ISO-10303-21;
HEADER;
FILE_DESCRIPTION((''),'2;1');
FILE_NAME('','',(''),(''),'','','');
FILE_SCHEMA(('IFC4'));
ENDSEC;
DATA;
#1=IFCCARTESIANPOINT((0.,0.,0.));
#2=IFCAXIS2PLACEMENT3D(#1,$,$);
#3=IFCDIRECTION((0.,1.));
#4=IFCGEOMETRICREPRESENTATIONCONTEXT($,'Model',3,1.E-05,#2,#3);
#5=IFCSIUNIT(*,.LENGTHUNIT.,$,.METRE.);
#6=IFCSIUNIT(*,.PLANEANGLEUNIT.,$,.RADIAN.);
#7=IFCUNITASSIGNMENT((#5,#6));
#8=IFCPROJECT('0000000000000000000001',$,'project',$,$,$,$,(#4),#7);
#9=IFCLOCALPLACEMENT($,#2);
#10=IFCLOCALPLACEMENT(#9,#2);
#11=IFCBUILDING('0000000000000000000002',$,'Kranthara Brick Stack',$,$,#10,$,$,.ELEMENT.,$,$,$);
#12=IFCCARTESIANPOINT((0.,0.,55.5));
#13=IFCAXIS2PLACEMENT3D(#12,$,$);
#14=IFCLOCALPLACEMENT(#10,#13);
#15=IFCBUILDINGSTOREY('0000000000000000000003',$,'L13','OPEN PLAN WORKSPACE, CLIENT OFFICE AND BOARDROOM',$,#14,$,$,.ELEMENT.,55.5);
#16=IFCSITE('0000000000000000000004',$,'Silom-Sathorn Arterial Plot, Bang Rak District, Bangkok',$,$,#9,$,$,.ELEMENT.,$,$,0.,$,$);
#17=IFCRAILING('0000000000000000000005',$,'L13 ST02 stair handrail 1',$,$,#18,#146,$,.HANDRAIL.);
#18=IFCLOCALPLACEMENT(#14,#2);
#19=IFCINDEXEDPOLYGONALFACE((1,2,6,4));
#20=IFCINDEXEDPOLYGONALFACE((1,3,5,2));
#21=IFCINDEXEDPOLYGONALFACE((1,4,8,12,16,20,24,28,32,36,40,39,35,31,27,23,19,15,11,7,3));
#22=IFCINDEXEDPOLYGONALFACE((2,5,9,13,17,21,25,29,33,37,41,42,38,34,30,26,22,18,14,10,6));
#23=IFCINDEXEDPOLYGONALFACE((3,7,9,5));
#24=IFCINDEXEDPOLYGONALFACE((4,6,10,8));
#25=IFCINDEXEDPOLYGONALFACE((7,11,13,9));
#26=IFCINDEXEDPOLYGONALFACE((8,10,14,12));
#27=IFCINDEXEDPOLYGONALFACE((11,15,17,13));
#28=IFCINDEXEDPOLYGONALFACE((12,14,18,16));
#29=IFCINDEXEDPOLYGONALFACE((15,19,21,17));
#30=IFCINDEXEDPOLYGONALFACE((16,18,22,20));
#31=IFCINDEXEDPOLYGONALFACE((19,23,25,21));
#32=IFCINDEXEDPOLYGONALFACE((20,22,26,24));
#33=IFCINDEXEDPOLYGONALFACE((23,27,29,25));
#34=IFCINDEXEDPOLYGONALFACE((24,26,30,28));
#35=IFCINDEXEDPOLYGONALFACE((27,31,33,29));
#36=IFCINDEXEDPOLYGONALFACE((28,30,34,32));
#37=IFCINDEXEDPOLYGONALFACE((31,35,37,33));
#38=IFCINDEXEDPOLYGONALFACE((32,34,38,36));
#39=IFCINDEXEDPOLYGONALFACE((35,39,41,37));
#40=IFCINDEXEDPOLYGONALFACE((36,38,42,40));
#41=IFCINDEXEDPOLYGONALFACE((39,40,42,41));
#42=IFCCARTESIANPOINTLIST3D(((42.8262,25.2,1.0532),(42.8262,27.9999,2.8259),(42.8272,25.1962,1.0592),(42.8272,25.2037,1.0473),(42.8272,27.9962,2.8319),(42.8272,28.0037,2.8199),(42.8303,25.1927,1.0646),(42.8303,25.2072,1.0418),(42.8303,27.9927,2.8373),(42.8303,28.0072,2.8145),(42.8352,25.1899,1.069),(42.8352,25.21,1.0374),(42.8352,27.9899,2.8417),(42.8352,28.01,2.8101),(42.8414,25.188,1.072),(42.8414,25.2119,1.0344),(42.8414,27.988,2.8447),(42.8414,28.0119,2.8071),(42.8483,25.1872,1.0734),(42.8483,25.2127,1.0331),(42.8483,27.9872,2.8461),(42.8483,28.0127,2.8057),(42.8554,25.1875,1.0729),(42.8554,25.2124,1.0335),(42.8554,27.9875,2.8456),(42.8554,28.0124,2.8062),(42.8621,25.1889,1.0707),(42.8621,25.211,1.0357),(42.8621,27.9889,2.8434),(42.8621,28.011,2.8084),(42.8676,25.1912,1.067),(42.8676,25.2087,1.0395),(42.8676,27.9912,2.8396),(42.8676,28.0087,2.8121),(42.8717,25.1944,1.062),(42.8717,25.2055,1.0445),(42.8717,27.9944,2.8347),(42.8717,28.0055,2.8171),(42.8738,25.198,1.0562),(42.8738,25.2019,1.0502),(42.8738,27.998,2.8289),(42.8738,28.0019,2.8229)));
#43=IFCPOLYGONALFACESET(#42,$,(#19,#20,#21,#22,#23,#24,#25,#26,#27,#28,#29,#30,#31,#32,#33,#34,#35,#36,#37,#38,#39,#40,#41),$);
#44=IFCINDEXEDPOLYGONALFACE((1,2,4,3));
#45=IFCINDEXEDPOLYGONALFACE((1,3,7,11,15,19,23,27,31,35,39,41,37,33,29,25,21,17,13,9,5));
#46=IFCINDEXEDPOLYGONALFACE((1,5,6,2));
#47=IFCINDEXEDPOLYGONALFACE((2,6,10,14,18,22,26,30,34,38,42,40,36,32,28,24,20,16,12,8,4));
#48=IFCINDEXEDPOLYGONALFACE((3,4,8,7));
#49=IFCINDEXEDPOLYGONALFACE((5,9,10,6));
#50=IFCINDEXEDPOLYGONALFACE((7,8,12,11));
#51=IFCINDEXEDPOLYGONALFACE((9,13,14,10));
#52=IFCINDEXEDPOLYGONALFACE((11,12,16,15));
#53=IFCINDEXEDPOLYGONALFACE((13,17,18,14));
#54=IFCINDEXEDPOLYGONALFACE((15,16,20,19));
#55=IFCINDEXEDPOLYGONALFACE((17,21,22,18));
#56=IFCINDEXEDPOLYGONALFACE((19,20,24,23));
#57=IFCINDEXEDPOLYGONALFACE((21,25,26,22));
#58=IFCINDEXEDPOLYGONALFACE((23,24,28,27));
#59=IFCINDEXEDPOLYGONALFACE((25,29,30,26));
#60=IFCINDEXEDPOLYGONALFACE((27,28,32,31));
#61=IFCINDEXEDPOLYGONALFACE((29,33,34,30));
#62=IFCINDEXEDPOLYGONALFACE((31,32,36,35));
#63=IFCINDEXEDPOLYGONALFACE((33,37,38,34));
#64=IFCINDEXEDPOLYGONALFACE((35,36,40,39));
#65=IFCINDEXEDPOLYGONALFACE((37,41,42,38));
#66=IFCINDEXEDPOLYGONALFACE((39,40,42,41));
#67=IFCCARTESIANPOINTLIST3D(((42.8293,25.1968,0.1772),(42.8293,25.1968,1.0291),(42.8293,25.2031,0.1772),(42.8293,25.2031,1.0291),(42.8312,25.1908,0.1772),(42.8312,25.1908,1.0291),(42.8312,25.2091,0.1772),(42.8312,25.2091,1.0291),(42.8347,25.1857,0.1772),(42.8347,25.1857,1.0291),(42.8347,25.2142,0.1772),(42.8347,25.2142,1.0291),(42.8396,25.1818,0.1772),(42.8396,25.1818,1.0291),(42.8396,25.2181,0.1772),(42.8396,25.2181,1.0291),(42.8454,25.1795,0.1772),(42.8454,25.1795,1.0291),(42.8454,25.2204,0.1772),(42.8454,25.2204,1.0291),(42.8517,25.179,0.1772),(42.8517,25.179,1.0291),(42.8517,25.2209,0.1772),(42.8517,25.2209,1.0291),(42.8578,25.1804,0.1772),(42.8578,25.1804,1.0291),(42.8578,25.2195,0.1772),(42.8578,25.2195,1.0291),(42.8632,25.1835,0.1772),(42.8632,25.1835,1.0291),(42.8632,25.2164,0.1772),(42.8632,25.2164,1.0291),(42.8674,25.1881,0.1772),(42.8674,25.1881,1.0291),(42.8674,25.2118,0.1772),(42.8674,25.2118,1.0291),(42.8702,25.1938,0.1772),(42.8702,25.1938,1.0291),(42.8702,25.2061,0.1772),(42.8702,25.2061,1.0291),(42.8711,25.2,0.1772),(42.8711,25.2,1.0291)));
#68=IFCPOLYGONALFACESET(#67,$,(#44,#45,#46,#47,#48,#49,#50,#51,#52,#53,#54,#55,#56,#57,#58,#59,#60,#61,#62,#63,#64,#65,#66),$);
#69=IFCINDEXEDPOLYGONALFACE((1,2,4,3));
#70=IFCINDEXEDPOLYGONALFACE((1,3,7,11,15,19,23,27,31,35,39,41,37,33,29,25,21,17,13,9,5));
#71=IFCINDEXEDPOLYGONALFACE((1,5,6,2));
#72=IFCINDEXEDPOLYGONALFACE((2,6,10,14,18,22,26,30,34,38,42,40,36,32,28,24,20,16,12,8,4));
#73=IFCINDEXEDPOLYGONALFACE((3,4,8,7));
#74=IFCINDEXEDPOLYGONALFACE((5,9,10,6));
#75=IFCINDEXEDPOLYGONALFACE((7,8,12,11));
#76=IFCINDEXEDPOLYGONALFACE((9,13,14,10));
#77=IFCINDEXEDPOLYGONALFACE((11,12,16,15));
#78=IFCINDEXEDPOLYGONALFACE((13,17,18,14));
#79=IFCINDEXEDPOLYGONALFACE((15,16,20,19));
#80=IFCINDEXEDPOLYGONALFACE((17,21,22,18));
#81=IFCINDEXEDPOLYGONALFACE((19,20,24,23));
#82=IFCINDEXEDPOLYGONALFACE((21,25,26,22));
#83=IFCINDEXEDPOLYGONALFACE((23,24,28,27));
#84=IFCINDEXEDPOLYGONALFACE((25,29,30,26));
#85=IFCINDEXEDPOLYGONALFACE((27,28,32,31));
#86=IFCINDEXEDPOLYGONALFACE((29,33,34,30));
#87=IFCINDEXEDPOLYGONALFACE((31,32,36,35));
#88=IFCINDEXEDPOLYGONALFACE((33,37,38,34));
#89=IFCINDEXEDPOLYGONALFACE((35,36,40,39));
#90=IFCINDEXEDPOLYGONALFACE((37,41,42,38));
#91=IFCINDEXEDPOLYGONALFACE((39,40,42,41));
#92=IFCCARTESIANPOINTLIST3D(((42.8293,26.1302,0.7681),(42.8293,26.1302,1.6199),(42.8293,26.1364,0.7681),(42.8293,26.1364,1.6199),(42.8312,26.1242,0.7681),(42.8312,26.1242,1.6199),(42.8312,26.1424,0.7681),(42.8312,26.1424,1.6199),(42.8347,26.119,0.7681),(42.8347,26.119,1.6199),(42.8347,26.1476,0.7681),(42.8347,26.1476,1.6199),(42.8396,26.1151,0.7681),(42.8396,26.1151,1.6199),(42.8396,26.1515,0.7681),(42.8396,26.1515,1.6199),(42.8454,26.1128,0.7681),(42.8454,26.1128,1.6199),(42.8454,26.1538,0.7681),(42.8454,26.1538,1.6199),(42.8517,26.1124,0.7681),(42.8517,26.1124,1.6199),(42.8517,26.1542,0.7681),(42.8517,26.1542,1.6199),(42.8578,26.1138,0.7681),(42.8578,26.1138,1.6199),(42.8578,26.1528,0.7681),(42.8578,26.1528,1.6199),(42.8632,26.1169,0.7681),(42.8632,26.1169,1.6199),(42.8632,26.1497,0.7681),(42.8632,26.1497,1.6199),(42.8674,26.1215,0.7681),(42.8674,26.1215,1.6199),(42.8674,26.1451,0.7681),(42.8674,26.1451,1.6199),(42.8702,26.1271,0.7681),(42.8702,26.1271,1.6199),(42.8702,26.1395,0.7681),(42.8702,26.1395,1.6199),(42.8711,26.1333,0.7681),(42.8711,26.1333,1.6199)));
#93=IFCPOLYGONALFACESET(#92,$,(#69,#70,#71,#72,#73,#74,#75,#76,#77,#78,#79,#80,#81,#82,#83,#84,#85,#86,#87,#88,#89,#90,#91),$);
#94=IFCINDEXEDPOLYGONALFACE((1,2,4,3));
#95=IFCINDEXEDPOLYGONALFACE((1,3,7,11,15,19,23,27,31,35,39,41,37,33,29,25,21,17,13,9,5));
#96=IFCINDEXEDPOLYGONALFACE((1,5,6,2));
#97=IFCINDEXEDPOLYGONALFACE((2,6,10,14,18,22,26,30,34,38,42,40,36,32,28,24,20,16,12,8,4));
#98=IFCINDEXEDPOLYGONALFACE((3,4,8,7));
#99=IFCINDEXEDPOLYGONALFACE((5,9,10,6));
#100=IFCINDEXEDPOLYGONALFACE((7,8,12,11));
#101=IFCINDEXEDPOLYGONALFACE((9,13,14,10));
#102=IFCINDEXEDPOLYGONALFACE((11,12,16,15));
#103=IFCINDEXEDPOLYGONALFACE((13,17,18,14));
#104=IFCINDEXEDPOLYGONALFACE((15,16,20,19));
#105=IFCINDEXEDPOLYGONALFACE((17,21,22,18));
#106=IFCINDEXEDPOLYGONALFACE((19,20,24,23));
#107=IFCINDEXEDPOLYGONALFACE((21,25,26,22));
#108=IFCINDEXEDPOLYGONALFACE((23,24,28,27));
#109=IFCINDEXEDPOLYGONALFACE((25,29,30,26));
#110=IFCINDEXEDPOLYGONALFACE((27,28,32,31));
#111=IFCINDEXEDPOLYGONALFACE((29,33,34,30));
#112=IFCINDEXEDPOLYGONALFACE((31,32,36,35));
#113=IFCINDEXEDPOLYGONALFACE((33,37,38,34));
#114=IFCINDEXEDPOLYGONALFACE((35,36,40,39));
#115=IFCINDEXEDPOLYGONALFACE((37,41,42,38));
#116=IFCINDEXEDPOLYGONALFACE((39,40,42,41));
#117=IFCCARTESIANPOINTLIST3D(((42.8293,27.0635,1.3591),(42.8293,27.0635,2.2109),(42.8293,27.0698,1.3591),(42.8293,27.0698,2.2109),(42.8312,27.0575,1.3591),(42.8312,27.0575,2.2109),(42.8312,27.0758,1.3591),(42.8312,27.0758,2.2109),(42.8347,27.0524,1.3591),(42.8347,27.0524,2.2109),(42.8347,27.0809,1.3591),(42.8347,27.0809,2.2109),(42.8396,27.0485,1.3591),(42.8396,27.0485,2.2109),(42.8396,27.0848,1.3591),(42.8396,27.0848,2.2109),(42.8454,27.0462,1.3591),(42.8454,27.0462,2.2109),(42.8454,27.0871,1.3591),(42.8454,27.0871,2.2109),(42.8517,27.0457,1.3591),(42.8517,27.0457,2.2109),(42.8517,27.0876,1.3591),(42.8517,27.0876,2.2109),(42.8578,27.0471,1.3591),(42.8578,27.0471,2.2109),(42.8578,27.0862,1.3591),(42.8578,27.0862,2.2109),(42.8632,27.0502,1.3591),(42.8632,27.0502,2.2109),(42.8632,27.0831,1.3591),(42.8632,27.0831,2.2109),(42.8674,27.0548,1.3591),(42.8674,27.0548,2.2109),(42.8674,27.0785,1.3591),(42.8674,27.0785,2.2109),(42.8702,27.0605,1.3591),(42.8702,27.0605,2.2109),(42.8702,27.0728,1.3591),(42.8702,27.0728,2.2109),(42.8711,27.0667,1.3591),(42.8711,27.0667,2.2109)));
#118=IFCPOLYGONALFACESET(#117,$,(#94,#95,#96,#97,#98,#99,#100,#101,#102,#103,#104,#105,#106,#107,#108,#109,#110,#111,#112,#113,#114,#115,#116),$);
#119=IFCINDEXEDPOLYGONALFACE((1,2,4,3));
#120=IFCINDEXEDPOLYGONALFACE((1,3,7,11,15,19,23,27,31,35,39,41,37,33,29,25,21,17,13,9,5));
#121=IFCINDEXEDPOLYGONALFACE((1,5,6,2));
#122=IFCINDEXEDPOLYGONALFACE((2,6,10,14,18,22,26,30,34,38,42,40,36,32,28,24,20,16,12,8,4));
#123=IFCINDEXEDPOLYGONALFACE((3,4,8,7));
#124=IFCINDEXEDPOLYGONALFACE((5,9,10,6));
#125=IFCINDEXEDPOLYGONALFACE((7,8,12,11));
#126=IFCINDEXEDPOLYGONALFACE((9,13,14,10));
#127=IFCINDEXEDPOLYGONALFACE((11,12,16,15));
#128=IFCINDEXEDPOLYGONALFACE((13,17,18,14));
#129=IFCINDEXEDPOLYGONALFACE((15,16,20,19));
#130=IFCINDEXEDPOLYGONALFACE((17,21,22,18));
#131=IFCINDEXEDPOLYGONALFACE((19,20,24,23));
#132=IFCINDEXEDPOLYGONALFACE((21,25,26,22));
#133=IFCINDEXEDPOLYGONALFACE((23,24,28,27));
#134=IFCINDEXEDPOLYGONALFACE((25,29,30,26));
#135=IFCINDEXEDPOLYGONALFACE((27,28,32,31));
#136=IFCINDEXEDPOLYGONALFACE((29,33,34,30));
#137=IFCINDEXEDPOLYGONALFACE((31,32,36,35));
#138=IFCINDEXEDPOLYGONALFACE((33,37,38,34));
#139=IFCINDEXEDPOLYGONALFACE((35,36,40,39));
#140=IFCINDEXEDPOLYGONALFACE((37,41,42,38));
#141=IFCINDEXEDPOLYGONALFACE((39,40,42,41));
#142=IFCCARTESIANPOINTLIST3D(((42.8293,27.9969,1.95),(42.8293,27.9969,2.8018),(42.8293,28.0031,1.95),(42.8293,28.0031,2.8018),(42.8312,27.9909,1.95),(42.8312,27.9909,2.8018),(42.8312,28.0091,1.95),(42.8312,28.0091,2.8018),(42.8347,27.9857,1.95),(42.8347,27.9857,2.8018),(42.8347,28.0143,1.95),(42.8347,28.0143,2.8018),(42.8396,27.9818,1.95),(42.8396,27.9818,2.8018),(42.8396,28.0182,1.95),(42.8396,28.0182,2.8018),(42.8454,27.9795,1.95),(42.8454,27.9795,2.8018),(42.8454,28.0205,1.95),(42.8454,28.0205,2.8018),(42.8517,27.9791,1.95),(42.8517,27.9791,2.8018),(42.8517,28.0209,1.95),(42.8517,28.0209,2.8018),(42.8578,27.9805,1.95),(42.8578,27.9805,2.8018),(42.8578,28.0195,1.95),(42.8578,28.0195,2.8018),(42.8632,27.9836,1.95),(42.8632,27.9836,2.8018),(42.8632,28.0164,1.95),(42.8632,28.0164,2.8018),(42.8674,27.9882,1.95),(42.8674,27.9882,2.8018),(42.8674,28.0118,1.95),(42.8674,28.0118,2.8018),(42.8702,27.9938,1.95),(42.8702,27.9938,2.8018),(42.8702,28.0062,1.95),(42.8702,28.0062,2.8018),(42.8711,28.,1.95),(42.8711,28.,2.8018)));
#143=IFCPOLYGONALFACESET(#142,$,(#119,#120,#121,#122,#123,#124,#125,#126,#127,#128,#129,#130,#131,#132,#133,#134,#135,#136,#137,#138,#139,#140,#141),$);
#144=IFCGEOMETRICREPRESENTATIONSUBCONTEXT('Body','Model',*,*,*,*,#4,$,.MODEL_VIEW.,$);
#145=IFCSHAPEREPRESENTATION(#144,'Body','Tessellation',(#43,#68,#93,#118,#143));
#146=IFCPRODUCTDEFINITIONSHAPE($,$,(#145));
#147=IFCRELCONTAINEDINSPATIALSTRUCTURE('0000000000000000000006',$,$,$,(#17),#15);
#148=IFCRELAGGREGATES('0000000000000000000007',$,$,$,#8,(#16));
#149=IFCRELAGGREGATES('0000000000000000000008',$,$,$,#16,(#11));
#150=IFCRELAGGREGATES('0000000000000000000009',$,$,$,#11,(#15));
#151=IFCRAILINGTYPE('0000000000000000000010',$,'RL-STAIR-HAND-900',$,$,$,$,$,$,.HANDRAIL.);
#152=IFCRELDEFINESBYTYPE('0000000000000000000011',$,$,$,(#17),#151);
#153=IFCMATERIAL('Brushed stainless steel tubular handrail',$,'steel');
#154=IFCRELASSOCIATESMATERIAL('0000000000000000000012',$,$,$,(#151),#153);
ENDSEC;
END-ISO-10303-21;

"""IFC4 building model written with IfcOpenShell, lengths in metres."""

from ifc_helpers import new_model, si_unit, direction, frame, origin, origin_2d, place, context, subcontext, project, spatial, circle, extrude, material, type_object, element, save


model = new_model("IFC4")

# Units and contexts
model_context = context("Model", 3, precision=1e-05, world=origin(), true_north=direction((0.0, 1.0)))
body_context = subcontext(model_context, "Body", "Model", "MODEL_VIEW")
ifc_project = project(units=[si_unit("LENGTHUNIT", "METRE"), si_unit("PLANEANGLEUNIT", "RADIAN")], contexts=[model_context])

# Site, building, storey
site_placement = place(None, origin())
site = spatial("IfcSite", under=ifc_project, at=site_placement, Name="Silom-Sathorn Arterial Plot, Bang Rak District, Bangkok", CompositionType="ELEMENT", RefElevation=0.0)
building_placement = place(site_placement, origin())
building = spatial("IfcBuilding", under=site, at=building_placement, Name="Kranthara Brick Stack", CompositionType="ELEMENT")
storey_placement = place(building_placement, frame((0.0, 0.0, 55.5)))
storey = spatial("IfcBuildingStorey", under=building, at=storey_placement, Name="L13", Description="OPEN PLAN WORKSPACE, CLIENT OFFICE AND BOARDROOM", CompositionType="ELEMENT", Elevation=55.5)

# Railing
ifc_material_1 = material(Name="Brushed stainless steel tubular handrail", Category="steel")
railing_type_1 = type_object("IfcRailingType", Name="RL-STAIR-HAND-900", PredefinedType="HANDRAIL", material=ifc_material_1)
railing_1_placement = place(storey_placement, frame((42.8501, 25.2, 0.1772)))
element("IfcRailing", 1, at=railing_1_placement, inside=storey, type_object=railing_type_1, Name="L13 ST02 stair handrail 1", PredefinedType="HANDRAIL", context=body_context, shape_type="SweptSolid", body=[
    extrude(circle(Radius=0.0239, at=origin_2d()), frame((0.0, 0.0, 0.876), z_axis=(0.0, 0.844909, 0.53491), x_axis=(-1.0, 0.0, 0.0)), (0.0, 0.0, 1.0), 3.314),
    extrude(circle(Radius=0.021, at=origin_2d()), origin(), (0.0, 0.0, 1.0), 0.8518),
    extrude(circle(Radius=0.021, at=origin_2d()), frame((0.0, 0.9333, 0.5908)), (0.0, 0.0, 1.0), 0.8518),
    extrude(circle(Radius=0.021, at=origin_2d()), frame((0.0, 1.8667, 1.1819)), (0.0, 0.0, 1.0), 0.8518),
    extrude(circle(Radius=0.021, at=origin_2d()), frame((0.0, 2.8, 1.7727)), (0.0, 0.0, 1.0), 0.8518),
])

save(model, "model.ifc")
